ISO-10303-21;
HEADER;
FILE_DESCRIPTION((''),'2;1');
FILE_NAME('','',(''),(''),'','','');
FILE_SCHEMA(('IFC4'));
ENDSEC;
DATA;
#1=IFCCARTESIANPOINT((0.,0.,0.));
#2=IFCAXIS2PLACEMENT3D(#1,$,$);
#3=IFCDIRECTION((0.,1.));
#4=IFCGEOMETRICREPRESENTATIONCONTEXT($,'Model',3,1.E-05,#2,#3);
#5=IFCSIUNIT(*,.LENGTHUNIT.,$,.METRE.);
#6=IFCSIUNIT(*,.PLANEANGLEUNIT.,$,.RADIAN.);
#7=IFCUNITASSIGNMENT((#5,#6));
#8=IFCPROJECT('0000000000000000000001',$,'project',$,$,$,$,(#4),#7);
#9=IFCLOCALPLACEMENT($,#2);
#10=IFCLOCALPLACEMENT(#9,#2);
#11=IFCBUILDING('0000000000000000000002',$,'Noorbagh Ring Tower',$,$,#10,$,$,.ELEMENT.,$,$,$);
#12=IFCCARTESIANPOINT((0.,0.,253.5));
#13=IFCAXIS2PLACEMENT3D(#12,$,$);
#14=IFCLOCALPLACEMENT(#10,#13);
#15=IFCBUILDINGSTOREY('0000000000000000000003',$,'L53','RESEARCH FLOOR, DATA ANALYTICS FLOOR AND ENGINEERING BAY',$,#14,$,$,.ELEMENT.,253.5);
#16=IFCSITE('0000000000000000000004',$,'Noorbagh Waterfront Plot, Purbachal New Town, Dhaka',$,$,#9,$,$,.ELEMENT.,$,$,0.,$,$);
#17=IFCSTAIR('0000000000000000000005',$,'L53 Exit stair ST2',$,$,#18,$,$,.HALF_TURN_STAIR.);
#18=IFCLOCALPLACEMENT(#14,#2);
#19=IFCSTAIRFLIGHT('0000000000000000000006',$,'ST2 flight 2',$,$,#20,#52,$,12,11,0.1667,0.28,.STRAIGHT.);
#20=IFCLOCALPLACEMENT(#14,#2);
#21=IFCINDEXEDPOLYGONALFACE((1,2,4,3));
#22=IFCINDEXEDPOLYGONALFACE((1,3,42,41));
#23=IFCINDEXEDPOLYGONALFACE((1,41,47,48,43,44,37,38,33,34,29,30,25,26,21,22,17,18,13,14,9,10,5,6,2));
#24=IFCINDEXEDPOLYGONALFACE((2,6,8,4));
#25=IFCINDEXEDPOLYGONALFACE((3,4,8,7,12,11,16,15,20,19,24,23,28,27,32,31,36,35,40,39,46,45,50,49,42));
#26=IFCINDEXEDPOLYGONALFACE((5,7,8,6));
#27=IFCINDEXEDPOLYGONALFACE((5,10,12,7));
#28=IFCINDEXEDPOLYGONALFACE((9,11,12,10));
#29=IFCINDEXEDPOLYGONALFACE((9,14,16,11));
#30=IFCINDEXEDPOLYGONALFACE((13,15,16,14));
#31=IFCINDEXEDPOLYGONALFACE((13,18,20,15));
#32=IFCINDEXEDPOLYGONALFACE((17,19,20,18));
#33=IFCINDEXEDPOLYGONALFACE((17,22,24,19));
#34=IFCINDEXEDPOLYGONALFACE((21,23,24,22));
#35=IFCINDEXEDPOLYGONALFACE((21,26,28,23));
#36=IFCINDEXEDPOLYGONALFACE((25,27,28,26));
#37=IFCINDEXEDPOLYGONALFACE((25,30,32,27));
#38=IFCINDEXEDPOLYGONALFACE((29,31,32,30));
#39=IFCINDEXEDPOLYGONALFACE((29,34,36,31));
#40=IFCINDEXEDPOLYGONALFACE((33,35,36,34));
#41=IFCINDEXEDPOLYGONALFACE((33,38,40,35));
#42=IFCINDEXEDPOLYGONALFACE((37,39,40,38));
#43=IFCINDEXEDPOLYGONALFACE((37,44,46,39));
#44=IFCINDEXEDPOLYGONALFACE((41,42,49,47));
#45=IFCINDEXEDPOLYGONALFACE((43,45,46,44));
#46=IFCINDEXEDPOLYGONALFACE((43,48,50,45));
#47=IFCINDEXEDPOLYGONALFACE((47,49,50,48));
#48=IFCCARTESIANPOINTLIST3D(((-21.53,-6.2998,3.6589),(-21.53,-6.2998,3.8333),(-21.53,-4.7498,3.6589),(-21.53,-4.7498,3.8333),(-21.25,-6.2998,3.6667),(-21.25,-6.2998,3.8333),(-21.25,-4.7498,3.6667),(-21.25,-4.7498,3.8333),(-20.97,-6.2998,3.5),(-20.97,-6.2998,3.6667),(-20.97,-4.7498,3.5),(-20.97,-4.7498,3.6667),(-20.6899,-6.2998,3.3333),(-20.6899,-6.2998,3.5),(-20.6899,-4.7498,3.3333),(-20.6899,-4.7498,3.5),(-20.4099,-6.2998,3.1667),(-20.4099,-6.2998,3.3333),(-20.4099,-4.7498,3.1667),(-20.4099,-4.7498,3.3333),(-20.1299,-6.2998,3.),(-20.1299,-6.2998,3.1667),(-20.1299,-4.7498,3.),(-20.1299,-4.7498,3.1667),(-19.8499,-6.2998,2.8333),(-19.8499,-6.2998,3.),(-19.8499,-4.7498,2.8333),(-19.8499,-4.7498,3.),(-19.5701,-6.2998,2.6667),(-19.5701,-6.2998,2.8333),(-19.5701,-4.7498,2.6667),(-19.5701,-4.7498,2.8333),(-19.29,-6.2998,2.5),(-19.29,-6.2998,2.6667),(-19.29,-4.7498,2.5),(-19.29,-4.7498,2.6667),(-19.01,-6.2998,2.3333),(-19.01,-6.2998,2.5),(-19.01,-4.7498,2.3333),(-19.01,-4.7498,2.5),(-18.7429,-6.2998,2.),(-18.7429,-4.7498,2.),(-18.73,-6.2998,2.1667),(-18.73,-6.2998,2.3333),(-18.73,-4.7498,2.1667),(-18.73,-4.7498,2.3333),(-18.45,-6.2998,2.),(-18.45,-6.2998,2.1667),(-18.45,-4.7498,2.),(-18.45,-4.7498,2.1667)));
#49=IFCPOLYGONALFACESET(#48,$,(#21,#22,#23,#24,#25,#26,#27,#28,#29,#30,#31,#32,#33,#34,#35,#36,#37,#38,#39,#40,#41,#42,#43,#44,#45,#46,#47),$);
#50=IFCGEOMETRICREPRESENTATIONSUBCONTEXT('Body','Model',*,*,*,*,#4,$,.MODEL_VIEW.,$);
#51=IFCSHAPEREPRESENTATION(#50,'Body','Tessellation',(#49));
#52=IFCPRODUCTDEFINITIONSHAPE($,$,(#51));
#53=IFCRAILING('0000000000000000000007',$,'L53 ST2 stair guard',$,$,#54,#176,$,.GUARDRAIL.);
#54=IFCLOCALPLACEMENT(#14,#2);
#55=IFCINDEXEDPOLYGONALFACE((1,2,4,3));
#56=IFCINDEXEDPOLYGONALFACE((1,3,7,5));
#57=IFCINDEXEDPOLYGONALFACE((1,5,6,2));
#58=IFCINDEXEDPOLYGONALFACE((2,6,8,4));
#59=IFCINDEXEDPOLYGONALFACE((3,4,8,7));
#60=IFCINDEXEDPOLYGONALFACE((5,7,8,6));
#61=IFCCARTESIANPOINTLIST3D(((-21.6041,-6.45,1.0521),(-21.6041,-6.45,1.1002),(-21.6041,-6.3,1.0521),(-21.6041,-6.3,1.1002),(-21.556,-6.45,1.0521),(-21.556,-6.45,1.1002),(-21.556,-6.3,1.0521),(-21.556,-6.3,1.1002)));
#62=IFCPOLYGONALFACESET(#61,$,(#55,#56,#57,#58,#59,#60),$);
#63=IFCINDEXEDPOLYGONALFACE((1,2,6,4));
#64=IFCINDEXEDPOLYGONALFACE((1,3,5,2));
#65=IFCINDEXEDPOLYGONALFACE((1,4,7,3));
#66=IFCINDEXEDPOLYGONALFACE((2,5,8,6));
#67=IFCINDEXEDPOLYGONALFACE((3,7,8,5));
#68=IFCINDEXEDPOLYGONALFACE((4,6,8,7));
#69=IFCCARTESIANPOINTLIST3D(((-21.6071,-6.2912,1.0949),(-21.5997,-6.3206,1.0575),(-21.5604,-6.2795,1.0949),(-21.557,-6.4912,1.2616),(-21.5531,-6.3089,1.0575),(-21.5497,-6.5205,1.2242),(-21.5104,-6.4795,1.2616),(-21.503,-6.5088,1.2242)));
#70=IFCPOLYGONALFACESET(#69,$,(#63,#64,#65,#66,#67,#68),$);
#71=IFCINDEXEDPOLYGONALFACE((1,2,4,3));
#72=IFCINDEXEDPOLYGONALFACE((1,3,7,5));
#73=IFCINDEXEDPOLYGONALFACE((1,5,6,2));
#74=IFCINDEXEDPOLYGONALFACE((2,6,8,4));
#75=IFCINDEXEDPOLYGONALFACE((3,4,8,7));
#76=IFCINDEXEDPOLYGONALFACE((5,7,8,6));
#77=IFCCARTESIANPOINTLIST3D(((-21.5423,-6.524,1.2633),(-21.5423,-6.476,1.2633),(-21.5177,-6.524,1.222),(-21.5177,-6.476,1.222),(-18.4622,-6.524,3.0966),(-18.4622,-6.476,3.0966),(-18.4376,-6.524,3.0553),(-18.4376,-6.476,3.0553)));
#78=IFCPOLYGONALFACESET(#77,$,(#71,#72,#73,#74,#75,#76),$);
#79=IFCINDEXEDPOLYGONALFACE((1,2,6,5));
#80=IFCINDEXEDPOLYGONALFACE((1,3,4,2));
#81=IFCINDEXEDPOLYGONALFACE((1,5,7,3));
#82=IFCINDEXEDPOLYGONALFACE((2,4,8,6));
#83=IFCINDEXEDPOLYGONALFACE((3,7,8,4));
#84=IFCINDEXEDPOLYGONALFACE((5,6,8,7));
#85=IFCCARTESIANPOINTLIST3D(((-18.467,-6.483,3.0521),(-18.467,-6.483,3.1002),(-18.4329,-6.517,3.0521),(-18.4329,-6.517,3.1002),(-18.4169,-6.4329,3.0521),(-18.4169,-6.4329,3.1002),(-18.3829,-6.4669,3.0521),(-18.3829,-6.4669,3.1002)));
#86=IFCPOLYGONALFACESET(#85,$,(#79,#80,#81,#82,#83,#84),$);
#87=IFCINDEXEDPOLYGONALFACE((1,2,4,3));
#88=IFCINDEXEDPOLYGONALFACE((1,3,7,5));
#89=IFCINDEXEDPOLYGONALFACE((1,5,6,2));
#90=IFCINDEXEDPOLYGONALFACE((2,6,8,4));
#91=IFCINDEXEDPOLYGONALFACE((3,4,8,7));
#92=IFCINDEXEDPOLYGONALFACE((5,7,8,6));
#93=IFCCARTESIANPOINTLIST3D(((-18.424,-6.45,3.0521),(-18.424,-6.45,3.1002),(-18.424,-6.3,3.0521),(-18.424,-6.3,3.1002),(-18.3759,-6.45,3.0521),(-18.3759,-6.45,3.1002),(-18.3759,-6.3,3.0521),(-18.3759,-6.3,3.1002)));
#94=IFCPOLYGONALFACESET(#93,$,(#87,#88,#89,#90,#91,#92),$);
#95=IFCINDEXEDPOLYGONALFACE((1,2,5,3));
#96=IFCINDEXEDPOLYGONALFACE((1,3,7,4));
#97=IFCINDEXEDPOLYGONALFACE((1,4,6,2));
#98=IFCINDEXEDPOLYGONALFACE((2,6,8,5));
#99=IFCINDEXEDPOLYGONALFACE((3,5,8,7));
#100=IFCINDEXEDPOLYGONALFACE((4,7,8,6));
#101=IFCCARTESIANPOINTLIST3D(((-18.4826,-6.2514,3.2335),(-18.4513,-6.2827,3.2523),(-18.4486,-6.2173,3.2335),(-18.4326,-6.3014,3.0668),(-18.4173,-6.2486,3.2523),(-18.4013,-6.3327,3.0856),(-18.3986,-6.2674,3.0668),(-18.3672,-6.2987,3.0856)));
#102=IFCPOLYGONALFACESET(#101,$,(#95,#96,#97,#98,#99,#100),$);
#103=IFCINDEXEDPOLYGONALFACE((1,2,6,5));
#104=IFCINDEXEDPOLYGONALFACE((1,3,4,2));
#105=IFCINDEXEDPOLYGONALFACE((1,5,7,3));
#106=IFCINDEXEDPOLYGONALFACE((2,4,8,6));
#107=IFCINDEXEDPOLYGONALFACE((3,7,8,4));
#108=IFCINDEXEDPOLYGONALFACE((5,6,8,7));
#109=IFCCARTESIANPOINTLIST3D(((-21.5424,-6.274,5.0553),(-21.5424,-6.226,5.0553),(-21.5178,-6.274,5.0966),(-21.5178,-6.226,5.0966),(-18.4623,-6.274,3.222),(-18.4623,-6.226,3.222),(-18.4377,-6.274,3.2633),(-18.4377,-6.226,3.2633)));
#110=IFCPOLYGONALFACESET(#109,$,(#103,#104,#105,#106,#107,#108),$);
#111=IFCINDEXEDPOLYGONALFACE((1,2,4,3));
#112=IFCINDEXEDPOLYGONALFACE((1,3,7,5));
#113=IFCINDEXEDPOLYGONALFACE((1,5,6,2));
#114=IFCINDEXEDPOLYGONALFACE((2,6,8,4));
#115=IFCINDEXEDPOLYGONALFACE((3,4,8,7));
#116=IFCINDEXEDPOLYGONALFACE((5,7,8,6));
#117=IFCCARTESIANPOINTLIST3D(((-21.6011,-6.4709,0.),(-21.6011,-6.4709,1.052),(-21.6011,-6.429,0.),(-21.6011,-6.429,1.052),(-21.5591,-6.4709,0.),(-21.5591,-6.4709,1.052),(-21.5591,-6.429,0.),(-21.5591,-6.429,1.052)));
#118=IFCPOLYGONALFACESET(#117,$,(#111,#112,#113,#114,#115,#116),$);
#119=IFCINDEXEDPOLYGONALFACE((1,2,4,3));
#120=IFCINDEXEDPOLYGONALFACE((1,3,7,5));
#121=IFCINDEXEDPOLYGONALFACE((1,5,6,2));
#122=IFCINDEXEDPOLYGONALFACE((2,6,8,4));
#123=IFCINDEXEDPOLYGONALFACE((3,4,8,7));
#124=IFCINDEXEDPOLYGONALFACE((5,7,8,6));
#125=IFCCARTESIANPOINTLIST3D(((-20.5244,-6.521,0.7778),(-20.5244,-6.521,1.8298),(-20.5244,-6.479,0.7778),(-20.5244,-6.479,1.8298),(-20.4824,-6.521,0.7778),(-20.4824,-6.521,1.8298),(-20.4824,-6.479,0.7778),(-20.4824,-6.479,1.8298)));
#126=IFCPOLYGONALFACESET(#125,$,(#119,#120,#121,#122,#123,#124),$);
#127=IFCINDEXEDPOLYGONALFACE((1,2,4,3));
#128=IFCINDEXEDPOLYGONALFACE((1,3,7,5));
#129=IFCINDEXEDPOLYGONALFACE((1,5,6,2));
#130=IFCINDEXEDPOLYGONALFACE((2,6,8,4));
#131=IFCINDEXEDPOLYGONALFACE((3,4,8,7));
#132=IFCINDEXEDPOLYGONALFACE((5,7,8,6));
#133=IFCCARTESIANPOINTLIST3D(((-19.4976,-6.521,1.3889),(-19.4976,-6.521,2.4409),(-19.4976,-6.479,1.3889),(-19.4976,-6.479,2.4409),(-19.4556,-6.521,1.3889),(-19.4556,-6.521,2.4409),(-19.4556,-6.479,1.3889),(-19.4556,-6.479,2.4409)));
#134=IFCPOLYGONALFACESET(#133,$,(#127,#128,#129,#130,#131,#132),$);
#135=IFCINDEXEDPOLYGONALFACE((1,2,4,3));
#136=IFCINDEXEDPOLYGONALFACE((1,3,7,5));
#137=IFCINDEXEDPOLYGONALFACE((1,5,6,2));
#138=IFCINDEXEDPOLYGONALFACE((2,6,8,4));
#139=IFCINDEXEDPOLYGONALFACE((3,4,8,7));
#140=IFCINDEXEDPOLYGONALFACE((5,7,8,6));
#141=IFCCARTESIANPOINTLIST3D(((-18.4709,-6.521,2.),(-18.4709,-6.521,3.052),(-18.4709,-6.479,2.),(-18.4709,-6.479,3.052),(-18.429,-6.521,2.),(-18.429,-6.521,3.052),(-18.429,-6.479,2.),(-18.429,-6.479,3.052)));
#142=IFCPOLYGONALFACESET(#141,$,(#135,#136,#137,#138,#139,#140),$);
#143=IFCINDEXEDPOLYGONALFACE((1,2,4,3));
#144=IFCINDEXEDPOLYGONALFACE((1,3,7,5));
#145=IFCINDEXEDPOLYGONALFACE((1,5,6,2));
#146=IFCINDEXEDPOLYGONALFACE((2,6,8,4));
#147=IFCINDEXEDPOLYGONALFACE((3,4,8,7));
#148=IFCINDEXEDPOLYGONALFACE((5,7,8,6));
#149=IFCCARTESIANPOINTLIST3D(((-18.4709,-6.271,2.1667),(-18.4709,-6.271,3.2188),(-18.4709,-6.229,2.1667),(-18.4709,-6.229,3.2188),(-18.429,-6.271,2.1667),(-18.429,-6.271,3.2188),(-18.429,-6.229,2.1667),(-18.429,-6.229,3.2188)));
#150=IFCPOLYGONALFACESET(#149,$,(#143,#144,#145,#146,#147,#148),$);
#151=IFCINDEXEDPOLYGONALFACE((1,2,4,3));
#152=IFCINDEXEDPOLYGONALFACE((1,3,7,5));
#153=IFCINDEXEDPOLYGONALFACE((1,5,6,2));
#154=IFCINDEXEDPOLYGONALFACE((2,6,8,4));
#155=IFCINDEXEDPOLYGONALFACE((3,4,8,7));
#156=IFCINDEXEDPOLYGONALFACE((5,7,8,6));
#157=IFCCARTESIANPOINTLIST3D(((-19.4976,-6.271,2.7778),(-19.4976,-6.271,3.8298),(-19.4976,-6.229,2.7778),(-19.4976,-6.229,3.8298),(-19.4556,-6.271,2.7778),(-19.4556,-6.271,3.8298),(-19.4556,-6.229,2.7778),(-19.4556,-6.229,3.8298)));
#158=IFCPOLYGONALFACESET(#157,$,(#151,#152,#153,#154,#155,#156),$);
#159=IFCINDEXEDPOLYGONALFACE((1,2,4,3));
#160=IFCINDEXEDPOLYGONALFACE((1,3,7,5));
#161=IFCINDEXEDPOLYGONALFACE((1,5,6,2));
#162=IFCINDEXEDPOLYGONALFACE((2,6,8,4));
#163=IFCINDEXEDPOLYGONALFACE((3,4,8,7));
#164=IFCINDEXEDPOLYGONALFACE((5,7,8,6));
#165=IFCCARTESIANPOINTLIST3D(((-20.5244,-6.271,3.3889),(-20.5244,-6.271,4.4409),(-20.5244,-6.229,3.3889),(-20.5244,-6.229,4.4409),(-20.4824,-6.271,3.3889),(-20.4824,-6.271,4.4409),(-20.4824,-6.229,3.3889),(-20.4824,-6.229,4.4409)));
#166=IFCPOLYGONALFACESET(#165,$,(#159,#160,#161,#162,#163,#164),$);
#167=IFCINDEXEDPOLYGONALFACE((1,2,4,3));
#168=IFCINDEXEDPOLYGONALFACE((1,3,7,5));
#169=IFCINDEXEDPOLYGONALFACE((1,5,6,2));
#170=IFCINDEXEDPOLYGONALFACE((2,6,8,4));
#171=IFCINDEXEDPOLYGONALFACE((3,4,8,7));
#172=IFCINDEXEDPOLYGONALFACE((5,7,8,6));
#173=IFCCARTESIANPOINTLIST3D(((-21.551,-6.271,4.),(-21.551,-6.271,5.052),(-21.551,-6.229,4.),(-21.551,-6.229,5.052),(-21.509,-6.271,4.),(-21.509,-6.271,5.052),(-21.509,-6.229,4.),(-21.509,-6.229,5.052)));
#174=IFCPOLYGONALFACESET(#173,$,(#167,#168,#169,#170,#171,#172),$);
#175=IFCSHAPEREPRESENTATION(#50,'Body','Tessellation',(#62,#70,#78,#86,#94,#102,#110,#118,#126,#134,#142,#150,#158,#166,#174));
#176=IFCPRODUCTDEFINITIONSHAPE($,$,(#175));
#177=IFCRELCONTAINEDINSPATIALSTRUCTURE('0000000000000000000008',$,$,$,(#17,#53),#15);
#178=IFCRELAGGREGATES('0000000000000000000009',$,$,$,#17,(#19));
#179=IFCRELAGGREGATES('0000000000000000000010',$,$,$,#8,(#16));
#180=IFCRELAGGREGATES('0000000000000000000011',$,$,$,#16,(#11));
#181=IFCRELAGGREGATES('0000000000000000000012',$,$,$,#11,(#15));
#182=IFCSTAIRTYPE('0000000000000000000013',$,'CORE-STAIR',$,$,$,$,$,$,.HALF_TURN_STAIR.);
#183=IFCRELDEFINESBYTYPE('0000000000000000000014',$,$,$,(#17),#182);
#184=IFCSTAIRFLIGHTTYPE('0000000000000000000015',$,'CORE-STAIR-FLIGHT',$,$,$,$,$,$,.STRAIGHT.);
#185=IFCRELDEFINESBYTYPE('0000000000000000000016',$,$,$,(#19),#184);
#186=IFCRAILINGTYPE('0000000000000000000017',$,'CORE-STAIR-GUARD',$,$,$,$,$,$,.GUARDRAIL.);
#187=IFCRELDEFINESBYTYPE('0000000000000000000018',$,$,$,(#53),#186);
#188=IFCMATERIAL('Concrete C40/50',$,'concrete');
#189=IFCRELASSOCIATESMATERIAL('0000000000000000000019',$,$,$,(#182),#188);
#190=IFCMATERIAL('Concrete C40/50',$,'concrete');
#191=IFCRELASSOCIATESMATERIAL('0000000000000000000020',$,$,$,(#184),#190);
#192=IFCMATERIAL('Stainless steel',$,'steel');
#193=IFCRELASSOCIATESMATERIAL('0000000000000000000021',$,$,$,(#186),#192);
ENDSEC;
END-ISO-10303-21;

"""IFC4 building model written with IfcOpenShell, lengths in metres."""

from ifc_helpers import new_model, si_unit, direction, frame, origin, origin_2d, place, context, subcontext, project, spatial, polyline, rectangle, outline, extrude, material, type_object, element, aggregate, save


model = new_model("IFC4")

# Units and contexts
model_context = context("Model", 3, precision=1e-05, world=origin(), true_north=direction((0.0, 1.0)))
body_context = subcontext(model_context, "Body", "Model", "MODEL_VIEW")
ifc_project = project(units=[si_unit("LENGTHUNIT", "METRE"), si_unit("PLANEANGLEUNIT", "RADIAN")], contexts=[model_context])

# Site, building, storey
site_placement = place(None, origin())
site = spatial("IfcSite", under=ifc_project, at=site_placement, Name="Noorbagh Waterfront Plot, Purbachal New Town, Dhaka", CompositionType="ELEMENT", RefElevation=0.0)
building_placement = place(site_placement, origin())
building = spatial("IfcBuilding", under=site, at=building_placement, Name="Noorbagh Ring Tower", CompositionType="ELEMENT")
storey_placement = place(building_placement, frame((0.0, 0.0, 253.5)))
storey = spatial("IfcBuildingStorey", under=building, at=storey_placement, Name="L53", Description="RESEARCH FLOOR, DATA ANALYTICS FLOOR AND ENGINEERING BAY", CompositionType="ELEMENT", Elevation=253.5)

# Stair, stair flight
ifc_material_1 = material(Name="Concrete C40/50", Category="concrete")
stair_type = type_object("IfcStairType", Name="CORE-STAIR", PredefinedType="HALF_TURN_STAIR", material=ifc_material_1)
stair_placement = place(storey_placement, origin())
stair = element("IfcStair", 1, at=stair_placement, inside=storey, type_object=stair_type, Name="L53 Exit stair ST2", PredefinedType="HALF_TURN_STAIR")
ifc_material_2 = material(Name="Concrete C40/50", Category="concrete")
stair_flight_type = type_object("IfcStairFlightType", Name="CORE-STAIR-FLIGHT", PredefinedType="STRAIGHT", material=ifc_material_2)
stair_flight_1_placement = place(storey_placement, frame((-18.45, -5.5249, 2.0), z_axis=(0.0, 0.0, 1.0), x_axis=(-1.0, 0.0, 0.0)))
stair_flight_1 = element("IfcStairFlight", 2, at=stair_flight_1_placement, type_object=stair_flight_type, Name="ST2 flight 2", NumberOfRisers=12, NumberOfTreads=11, PredefinedType="STRAIGHT", RiserHeight=0.1667, TreadLength=0.28, context=body_context, shape_type="SweptSolid", body=[
    extrude(outline(polyline([(0.0, 0.0), (0.0, 0.1667), (0.28, 0.1667), (0.28, 0.3333), (0.5601, 0.3333), (0.5601, 0.5), (0.8401, 0.5), (0.8401, 0.6667), (1.1201, 0.6667), (1.1201, 0.8333), (1.3999, 0.8333), (1.3999, 1.0), (1.6799, 1.0), (1.6799, 1.1667), (1.96, 1.1667), (1.96, 1.3333), (2.24, 1.3333), (2.24, 1.5), (2.52, 1.5), (2.52, 1.6667), (2.8, 1.6667), (2.8, 1.8333), (3.0801, 1.8333), (3.0801, 2.0), (3.0801, 1.6589), (0.293, 0.0), (0.0, 0.0)])), frame((0.0, 0.7749, 0.0), z_axis=(0.0, -1.0, 0.0), x_axis=(1.0, 0.0, 0.0)), (0.0, 0.0, 1.0), 1.55),
])
aggregate(stair, [stair_flight_1])

# Railing
ifc_material_3 = material(Name="Stainless steel", Category="steel")
railing_type_1 = type_object("IfcRailingType", Name="CORE-STAIR-GUARD", PredefinedType="GUARDRAIL", material=ifc_material_3)
railing_1_placement = place(storey_placement, frame((-21.5801, -6.45, 0.0)))
element("IfcRailing", 3, at=railing_1_placement, inside=storey, type_object=railing_type_1, Name="L53 ST2 stair guard", PredefinedType="GUARDRAIL", context=body_context, shape_type="SweptSolid", body=[
    extrude(rectangle(XDim=0.0481, YDim=0.0481, at=origin_2d()), frame((0.0, 0.0, 1.0762), z_axis=(0.0, 1.0, 0.0), x_axis=(-1.0, 0.0, 0.0)), (0.0, 0.0, 1.0), 0.1499),
    extrude(rectangle(XDim=0.0481, YDim=0.0481, at=origin_2d()), frame((0.0, 0.1499, 1.0762), z_axis=(0.188776, -0.754182, 0.628946), x_axis=(0.970073, 0.242814, 0.0)), (0.0, 0.0, 1.0), 0.2651),
    extrude(rectangle(XDim=0.0481, YDim=0.0481, at=origin_2d()), frame((0.05, -0.05, 1.2427), z_axis=(0.859309, 0.0, 0.511458), x_axis=(0.0, 1.0, 0.0)), (0.0, 0.0, 1.0), 3.5845),
    extrude(rectangle(XDim=0.0481, YDim=0.0481, at=origin_2d()), frame((3.1301, -0.05, 3.0762), z_axis=(0.707107, 0.707107, 0.0), x_axis=(-0.707107, 0.707107, 0.0)), (0.0, 0.0, 1.0), 0.0708),
    extrude(rectangle(XDim=0.0481, YDim=0.0481, at=origin_2d()), frame((3.1802, 0.0, 3.0762), z_axis=(0.0, 1.0, 0.0), x_axis=(-1.0, 0.0, 0.0)), (0.0, 0.0, 1.0), 0.1499),
    extrude(rectangle(XDim=0.0481, YDim=0.0481, at=origin_2d()), frame((3.1802, 0.1499, 3.0762), z_axis=(-0.276287, 0.276287, 0.920506), x_axis=(-0.707107, -0.707107, 0.0)), (0.0, 0.0, 1.0), 0.1812),
    extrude(rectangle(XDim=0.0481, YDim=0.0481, at=origin_2d()), frame((3.1301, 0.2, 3.2427), z_axis=(-0.859309, 0.0, 0.511458), x_axis=(0.0, -1.0, 0.0)), (0.0, 0.0, 1.0), 3.5845),
    extrude(rectangle(XDim=0.042, YDim=0.042, at=origin_2d()), origin(), (0.0, 0.0, 1.0), 1.052),
    extrude(rectangle(XDim=0.042, YDim=0.042, at=origin_2d()), frame((1.0767, -0.05, 0.7778)), (0.0, 0.0, 1.0), 1.052),
    extrude(rectangle(XDim=0.042, YDim=0.042, at=origin_2d()), frame((2.1035, -0.05, 1.3889)), (0.0, 0.0, 1.0), 1.052),
    extrude(rectangle(XDim=0.042, YDim=0.042, at=origin_2d()), frame((3.1301, -0.05, 2.0)), (0.0, 0.0, 1.0), 1.052),
    extrude(rectangle(XDim=0.042, YDim=0.042, at=origin_2d()), frame((3.1301, 0.2, 2.1667)), (0.0, 0.0, 1.0), 1.052),
    extrude(rectangle(XDim=0.042, YDim=0.042, at=origin_2d()), frame((2.1035, 0.2, 2.7778)), (0.0, 0.0, 1.0), 1.052),
    extrude(rectangle(XDim=0.042, YDim=0.042, at=origin_2d()), frame((1.0767, 0.2, 3.3889)), (0.0, 0.0, 1.0), 1.052),
    extrude(rectangle(XDim=0.042, YDim=0.042, at=origin_2d()), frame((0.05, 0.2, 4.0)), (0.0, 0.0, 1.0), 1.052),
])

save(model, "model.ifc")
